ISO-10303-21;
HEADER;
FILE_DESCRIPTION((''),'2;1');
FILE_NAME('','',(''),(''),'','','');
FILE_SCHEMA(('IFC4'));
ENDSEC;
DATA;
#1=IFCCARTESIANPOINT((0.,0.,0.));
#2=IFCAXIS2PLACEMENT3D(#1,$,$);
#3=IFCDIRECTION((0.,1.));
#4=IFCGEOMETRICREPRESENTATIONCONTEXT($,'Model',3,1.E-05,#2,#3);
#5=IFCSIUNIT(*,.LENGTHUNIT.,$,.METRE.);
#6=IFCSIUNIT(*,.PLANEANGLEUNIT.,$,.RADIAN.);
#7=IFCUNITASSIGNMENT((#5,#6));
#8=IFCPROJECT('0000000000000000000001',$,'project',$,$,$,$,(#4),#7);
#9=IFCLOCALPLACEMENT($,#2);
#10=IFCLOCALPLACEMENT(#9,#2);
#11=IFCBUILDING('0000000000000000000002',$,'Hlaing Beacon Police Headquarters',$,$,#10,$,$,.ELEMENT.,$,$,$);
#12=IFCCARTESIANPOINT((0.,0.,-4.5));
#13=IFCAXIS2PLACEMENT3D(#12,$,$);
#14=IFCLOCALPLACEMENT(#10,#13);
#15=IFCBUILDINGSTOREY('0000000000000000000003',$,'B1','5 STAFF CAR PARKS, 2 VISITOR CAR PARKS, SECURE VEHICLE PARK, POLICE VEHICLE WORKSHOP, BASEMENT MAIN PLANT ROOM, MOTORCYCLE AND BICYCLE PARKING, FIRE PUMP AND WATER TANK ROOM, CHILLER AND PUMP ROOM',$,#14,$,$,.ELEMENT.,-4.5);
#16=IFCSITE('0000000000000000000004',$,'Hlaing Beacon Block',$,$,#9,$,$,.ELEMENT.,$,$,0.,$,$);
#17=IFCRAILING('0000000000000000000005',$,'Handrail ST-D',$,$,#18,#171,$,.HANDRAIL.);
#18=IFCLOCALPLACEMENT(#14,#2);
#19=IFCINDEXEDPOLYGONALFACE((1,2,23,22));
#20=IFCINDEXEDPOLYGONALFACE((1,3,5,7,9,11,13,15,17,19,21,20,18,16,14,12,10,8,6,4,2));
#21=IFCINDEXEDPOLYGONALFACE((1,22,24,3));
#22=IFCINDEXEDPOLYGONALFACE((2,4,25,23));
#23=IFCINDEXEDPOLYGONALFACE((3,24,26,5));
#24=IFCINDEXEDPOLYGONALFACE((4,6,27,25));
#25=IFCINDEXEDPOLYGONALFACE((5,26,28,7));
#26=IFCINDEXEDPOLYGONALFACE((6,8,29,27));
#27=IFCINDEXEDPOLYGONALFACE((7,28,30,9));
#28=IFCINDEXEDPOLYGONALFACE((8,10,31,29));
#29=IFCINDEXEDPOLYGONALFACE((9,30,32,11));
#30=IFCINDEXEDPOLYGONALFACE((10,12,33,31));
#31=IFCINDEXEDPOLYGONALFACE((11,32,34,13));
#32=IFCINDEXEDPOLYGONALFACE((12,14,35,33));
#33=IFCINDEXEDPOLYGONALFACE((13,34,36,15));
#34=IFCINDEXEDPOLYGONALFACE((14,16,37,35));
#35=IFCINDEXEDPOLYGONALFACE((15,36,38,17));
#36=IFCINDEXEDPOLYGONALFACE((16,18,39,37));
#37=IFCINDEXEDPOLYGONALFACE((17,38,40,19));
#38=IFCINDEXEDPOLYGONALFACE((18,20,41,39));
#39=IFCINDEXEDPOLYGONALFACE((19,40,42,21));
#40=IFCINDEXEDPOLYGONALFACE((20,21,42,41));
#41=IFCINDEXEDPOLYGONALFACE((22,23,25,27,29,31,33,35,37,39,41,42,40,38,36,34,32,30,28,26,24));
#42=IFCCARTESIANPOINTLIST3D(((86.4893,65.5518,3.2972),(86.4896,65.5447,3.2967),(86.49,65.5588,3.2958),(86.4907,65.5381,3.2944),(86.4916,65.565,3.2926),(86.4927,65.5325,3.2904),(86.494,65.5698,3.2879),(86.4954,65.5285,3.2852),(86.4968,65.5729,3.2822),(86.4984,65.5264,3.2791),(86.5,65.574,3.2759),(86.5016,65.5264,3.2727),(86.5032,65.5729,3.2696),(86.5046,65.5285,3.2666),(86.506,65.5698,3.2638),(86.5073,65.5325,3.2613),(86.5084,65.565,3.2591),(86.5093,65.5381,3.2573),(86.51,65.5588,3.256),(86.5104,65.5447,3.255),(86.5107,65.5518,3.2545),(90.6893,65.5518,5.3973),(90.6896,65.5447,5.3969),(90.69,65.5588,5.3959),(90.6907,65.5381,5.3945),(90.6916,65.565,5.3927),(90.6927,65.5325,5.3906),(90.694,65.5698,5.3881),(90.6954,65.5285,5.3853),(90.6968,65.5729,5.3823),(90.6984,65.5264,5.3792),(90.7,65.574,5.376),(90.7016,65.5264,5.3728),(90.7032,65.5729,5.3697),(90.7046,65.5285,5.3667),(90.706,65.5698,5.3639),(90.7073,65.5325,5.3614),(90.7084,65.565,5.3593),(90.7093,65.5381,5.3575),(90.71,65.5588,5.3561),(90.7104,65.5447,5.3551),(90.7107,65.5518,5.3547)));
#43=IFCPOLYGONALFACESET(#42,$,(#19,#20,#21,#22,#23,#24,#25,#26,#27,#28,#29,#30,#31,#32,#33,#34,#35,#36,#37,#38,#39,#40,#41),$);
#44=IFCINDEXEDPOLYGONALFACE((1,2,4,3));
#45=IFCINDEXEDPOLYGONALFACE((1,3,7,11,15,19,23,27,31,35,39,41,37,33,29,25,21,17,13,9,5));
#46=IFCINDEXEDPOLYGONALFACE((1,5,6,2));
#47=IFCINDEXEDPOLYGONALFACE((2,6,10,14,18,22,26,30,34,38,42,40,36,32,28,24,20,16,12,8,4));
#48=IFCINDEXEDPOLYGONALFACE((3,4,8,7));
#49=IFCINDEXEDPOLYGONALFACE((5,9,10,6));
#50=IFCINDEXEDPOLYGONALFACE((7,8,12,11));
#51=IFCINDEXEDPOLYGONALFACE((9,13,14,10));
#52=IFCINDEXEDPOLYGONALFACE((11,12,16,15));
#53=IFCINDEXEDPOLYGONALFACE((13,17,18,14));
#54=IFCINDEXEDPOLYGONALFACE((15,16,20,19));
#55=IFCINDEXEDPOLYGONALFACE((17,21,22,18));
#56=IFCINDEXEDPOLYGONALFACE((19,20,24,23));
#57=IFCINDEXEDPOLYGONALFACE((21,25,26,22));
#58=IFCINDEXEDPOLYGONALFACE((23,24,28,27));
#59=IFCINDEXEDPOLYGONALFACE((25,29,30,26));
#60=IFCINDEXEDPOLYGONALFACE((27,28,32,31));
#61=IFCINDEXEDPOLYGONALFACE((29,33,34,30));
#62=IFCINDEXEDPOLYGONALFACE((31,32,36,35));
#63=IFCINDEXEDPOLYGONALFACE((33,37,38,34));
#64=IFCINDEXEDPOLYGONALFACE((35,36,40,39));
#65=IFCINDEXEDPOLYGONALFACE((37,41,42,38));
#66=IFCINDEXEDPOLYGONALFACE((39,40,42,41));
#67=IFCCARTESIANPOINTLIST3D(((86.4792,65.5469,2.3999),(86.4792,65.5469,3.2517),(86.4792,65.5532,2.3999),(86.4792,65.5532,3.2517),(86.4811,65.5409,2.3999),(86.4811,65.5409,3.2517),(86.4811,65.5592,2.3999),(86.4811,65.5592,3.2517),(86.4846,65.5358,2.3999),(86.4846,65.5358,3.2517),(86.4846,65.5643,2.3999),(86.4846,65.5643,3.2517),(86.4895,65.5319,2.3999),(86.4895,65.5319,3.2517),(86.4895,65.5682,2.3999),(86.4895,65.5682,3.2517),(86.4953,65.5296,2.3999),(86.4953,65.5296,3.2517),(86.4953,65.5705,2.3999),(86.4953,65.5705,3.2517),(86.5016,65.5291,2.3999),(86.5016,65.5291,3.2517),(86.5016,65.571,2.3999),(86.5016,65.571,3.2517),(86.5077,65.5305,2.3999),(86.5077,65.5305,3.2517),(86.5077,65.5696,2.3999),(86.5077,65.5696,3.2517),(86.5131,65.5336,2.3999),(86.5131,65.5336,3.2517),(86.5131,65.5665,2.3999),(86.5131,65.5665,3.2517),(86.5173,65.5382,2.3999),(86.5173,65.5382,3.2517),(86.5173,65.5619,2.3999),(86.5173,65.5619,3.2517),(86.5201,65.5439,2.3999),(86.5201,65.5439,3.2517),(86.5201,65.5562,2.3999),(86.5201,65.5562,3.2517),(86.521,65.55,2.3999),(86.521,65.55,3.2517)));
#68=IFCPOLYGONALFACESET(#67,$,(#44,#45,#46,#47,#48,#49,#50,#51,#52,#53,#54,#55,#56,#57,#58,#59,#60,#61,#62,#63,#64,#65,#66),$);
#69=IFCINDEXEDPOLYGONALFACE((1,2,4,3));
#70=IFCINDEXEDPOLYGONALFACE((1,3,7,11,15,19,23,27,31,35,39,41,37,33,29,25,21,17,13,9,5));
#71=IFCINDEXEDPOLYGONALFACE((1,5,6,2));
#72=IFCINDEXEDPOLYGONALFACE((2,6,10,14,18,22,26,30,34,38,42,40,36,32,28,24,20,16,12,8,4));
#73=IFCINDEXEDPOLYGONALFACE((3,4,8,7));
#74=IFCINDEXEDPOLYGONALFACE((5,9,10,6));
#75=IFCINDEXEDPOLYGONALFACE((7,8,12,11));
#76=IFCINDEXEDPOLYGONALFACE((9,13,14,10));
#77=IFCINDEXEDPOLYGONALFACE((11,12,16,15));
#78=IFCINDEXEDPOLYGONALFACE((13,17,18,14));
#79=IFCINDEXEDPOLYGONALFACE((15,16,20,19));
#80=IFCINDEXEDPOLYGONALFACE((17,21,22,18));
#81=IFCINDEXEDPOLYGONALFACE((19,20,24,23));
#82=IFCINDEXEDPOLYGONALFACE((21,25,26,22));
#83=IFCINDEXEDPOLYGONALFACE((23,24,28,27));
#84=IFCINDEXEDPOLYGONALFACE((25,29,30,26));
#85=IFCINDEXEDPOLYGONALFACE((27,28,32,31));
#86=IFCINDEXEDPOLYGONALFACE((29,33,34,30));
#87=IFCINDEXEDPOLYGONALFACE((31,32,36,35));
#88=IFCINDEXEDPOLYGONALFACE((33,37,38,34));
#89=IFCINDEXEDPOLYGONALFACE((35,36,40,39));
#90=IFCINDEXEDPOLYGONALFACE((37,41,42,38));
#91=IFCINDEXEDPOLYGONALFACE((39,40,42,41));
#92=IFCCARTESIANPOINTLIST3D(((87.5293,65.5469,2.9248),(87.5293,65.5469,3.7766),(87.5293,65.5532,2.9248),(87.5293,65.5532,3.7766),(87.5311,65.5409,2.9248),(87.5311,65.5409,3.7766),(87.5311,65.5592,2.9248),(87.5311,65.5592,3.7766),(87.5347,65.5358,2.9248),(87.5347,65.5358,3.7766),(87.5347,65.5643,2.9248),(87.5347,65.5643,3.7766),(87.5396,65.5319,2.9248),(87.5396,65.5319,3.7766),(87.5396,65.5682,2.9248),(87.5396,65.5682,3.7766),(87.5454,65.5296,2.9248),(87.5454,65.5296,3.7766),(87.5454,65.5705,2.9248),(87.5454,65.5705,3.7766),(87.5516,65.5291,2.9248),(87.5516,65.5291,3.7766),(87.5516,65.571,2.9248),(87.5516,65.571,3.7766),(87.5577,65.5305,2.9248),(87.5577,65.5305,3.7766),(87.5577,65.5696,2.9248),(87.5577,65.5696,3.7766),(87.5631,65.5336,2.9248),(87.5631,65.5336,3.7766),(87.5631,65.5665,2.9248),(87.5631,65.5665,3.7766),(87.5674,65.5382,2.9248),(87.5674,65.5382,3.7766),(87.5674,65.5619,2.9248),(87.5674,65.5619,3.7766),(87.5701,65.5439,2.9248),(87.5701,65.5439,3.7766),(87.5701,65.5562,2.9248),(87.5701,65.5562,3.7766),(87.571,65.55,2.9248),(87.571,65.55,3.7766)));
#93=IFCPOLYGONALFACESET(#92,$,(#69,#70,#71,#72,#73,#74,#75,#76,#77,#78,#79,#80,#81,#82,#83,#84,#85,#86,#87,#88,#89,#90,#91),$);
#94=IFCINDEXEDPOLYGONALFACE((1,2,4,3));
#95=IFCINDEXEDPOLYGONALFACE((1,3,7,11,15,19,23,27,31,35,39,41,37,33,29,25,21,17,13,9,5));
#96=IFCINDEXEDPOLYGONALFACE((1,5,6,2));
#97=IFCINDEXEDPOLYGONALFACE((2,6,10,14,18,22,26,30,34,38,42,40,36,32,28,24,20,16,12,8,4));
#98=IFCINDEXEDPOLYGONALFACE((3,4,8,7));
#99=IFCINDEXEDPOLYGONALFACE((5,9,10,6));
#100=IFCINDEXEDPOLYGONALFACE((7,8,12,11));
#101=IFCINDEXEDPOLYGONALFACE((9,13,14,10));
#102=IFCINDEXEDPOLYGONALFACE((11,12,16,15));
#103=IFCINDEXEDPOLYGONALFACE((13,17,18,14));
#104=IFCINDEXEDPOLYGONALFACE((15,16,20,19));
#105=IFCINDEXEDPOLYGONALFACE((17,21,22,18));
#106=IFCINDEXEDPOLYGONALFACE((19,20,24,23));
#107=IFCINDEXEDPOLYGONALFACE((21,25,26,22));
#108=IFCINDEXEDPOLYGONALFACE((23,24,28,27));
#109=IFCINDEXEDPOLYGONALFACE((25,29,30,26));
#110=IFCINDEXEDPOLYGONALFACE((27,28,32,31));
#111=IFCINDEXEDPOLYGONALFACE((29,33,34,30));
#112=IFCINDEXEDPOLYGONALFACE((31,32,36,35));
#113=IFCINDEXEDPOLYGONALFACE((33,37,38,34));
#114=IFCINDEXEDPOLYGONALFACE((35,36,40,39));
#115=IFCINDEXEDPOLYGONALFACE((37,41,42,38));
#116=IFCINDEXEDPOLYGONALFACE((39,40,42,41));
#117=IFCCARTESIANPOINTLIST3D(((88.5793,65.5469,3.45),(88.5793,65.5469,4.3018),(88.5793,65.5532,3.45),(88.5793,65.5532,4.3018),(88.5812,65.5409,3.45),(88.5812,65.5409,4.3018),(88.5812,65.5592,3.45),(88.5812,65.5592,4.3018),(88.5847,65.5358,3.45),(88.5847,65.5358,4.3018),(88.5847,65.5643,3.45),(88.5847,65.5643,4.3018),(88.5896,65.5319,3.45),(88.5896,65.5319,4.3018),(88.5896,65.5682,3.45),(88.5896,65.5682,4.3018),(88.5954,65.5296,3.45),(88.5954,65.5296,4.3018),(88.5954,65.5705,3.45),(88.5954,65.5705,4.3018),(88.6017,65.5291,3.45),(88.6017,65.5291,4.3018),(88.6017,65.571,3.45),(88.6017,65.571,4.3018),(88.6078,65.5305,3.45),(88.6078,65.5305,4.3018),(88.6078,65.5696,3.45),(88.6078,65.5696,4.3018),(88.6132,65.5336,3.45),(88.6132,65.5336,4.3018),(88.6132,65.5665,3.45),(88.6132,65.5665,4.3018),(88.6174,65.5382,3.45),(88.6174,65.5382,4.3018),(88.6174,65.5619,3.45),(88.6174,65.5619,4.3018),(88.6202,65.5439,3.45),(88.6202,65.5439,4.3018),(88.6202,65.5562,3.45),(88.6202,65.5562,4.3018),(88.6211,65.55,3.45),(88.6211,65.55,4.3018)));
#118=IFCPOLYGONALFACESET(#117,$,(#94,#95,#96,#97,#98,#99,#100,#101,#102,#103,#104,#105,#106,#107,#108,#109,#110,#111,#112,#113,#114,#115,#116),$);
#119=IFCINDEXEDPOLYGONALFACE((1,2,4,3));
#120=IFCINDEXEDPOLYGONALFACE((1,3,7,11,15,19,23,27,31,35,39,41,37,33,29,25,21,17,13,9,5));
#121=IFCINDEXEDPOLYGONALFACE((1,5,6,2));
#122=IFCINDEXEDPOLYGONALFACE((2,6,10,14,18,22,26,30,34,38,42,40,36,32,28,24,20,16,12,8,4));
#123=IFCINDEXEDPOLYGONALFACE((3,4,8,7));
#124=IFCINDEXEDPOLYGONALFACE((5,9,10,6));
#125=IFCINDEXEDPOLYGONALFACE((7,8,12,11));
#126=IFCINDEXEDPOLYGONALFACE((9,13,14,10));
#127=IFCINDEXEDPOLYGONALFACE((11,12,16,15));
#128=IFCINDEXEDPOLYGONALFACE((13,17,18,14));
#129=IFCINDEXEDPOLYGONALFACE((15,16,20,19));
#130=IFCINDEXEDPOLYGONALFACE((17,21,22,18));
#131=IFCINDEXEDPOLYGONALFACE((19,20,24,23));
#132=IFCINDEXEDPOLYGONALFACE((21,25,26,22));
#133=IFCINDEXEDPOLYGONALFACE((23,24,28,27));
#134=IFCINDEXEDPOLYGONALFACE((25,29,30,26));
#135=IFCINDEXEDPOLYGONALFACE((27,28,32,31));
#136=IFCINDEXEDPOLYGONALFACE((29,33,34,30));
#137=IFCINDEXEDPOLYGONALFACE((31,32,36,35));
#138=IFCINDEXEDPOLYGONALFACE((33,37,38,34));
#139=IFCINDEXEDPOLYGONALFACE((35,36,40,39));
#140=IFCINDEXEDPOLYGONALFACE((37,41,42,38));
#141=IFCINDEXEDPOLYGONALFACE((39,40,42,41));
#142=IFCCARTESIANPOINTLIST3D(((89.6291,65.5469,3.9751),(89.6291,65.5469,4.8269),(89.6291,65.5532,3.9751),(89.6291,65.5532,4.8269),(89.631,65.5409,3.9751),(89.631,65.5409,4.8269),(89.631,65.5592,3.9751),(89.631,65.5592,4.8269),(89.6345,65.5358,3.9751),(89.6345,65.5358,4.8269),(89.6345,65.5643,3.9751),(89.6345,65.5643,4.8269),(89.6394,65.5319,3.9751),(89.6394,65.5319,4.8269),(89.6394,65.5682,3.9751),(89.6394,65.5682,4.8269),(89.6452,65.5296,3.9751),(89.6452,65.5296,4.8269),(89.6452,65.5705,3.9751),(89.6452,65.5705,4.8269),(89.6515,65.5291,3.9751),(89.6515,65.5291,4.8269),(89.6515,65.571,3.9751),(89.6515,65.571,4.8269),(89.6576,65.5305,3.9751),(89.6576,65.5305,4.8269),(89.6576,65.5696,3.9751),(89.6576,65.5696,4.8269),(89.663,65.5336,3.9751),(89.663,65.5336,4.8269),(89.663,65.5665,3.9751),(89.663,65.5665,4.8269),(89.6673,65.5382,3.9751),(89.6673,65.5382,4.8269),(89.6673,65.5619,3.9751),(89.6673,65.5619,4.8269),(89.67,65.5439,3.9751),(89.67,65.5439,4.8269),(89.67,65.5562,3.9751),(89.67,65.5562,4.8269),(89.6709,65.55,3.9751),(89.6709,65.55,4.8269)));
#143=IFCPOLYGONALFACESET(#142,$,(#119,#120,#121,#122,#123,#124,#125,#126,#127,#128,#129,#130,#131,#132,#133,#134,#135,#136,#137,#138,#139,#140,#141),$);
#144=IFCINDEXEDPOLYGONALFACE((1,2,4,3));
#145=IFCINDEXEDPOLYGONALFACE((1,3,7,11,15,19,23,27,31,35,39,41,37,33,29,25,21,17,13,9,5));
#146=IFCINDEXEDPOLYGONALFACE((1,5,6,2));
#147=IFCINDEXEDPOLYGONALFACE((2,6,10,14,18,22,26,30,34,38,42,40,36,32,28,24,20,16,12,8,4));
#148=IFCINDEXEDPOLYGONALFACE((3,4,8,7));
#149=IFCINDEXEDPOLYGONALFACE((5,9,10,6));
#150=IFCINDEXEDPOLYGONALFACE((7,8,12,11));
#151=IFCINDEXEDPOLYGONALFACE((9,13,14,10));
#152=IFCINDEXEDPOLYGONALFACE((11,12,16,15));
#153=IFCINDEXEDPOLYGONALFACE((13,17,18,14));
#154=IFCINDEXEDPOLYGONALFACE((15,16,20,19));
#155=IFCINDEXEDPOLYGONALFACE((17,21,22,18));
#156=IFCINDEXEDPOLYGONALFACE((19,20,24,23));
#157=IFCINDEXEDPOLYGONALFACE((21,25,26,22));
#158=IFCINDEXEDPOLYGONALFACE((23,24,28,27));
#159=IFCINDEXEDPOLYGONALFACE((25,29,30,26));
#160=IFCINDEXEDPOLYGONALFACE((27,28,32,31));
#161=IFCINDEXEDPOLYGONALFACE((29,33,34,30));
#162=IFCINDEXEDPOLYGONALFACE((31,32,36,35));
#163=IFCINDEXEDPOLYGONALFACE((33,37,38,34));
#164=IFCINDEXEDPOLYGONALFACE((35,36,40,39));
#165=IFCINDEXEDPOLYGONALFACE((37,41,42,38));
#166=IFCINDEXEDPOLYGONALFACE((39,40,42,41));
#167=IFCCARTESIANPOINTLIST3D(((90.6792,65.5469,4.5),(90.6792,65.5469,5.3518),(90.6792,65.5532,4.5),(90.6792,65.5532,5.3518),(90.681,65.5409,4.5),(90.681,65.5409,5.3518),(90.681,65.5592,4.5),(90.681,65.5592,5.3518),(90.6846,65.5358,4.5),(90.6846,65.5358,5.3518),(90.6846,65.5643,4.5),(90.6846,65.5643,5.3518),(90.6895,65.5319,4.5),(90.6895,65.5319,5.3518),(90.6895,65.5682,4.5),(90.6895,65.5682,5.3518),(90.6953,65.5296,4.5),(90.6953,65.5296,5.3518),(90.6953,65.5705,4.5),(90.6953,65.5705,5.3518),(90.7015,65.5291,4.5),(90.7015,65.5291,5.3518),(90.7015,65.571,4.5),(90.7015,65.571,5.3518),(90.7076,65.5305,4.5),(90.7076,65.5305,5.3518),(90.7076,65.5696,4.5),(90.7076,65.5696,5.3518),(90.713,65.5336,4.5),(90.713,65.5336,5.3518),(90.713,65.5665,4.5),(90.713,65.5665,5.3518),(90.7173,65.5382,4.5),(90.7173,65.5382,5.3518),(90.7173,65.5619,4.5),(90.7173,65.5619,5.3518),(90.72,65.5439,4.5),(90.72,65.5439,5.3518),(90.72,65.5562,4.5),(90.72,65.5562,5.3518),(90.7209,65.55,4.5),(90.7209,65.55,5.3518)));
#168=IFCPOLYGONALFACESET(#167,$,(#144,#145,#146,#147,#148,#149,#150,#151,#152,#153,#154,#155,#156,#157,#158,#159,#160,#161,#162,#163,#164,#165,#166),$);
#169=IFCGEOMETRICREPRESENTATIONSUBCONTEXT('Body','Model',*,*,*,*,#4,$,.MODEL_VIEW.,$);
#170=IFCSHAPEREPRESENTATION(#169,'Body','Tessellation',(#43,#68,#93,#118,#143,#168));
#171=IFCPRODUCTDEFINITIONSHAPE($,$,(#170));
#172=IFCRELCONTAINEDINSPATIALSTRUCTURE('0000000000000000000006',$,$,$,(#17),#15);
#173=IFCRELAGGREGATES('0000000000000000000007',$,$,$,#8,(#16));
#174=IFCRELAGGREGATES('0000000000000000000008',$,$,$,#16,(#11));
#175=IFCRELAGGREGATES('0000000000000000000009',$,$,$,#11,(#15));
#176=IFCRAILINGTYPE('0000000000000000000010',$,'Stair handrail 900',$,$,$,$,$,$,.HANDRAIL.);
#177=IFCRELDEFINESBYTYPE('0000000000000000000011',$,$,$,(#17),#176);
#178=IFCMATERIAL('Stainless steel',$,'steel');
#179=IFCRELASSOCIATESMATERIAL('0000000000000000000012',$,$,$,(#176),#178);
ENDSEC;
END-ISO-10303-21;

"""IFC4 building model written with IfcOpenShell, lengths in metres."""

from ifc_helpers import new_model, si_unit, direction, frame, origin, origin_2d, place, context, subcontext, project, spatial, circle, extrude, material, type_object, element, save


model = new_model("IFC4")

# Units and contexts
model_context = context("Model", 3, precision=1e-05, world=origin(), true_north=direction((0.0, 1.0)))
body_context = subcontext(model_context, "Body", "Model", "MODEL_VIEW")
ifc_project = project(units=[si_unit("LENGTHUNIT", "METRE"), si_unit("PLANEANGLEUNIT", "RADIAN")], contexts=[model_context])

# Site, building, storey
site_placement = place(None, origin())
site = spatial("IfcSite", under=ifc_project, at=site_placement, Name="Hlaing Beacon Block", CompositionType="ELEMENT", RefElevation=0.0)
building_placement = place(site_placement, origin())
building = spatial("IfcBuilding", under=site, at=building_placement, Name="Hlaing Beacon Police Headquarters", CompositionType="ELEMENT")
storey_placement = place(building_placement, frame((0.0, 0.0, -4.5)))
storey = spatial("IfcBuildingStorey", under=building, at=storey_placement, Name="B1", Description="5 STAFF CAR PARKS, 2 VISITOR CAR PARKS, SECURE VEHICLE PARK, POLICE VEHICLE WORKSHOP, BASEMENT MAIN PLANT ROOM, MOTORCYCLE AND BICYCLE PARKING, FIRE PUMP AND WATER TANK ROOM, CHILLER AND PUMP ROOM", CompositionType="ELEMENT", Elevation=-4.5)

# Railing
ifc_material_1 = material(Name="Stainless steel", Category="steel")
railing_type = type_object("IfcRailingType", Name="Stair handrail 900", PredefinedType="HANDRAIL", material=ifc_material_1)
for number, where, name in (
    (1, (86.5, 65.55, 2.3999), "Handrail ST-D"),
):
    element("IfcRailing", number, at=place(storey_placement, frame(where)), inside=storey, type_object=railing_type, Name=name, PredefinedType="HANDRAIL", context=body_context, shape_type="SweptSolid", body=[
        extrude(circle(Radius=0.0239, at=origin_2d()), frame((0.0, 0.0, 0.876), z_axis=(0.894417, 0.0, 0.447234), x_axis=(0.0, 1.0, 0.0)), (0.0, 0.0, 1.0), 4.6958),
        extrude(circle(Radius=0.021, at=origin_2d()), origin(), (0.0, 0.0, 1.0), 0.8518),
        extrude(circle(Radius=0.021, at=origin_2d()), frame((1.05, 0.0, 0.5249)), (0.0, 0.0, 1.0), 0.8518),
        extrude(circle(Radius=0.021, at=origin_2d()), frame((2.1001, 0.0, 1.05)), (0.0, 0.0, 1.0), 0.8518),
        extrude(circle(Radius=0.021, at=origin_2d()), frame((3.1499, 0.0, 1.5752)), (0.0, 0.0, 1.0), 0.8518),
        extrude(circle(Radius=0.021, at=origin_2d()), frame((4.2, 0.0, 2.1001)), (0.0, 0.0, 1.0), 0.8518),
    ])

save(model, "model.ifc")
